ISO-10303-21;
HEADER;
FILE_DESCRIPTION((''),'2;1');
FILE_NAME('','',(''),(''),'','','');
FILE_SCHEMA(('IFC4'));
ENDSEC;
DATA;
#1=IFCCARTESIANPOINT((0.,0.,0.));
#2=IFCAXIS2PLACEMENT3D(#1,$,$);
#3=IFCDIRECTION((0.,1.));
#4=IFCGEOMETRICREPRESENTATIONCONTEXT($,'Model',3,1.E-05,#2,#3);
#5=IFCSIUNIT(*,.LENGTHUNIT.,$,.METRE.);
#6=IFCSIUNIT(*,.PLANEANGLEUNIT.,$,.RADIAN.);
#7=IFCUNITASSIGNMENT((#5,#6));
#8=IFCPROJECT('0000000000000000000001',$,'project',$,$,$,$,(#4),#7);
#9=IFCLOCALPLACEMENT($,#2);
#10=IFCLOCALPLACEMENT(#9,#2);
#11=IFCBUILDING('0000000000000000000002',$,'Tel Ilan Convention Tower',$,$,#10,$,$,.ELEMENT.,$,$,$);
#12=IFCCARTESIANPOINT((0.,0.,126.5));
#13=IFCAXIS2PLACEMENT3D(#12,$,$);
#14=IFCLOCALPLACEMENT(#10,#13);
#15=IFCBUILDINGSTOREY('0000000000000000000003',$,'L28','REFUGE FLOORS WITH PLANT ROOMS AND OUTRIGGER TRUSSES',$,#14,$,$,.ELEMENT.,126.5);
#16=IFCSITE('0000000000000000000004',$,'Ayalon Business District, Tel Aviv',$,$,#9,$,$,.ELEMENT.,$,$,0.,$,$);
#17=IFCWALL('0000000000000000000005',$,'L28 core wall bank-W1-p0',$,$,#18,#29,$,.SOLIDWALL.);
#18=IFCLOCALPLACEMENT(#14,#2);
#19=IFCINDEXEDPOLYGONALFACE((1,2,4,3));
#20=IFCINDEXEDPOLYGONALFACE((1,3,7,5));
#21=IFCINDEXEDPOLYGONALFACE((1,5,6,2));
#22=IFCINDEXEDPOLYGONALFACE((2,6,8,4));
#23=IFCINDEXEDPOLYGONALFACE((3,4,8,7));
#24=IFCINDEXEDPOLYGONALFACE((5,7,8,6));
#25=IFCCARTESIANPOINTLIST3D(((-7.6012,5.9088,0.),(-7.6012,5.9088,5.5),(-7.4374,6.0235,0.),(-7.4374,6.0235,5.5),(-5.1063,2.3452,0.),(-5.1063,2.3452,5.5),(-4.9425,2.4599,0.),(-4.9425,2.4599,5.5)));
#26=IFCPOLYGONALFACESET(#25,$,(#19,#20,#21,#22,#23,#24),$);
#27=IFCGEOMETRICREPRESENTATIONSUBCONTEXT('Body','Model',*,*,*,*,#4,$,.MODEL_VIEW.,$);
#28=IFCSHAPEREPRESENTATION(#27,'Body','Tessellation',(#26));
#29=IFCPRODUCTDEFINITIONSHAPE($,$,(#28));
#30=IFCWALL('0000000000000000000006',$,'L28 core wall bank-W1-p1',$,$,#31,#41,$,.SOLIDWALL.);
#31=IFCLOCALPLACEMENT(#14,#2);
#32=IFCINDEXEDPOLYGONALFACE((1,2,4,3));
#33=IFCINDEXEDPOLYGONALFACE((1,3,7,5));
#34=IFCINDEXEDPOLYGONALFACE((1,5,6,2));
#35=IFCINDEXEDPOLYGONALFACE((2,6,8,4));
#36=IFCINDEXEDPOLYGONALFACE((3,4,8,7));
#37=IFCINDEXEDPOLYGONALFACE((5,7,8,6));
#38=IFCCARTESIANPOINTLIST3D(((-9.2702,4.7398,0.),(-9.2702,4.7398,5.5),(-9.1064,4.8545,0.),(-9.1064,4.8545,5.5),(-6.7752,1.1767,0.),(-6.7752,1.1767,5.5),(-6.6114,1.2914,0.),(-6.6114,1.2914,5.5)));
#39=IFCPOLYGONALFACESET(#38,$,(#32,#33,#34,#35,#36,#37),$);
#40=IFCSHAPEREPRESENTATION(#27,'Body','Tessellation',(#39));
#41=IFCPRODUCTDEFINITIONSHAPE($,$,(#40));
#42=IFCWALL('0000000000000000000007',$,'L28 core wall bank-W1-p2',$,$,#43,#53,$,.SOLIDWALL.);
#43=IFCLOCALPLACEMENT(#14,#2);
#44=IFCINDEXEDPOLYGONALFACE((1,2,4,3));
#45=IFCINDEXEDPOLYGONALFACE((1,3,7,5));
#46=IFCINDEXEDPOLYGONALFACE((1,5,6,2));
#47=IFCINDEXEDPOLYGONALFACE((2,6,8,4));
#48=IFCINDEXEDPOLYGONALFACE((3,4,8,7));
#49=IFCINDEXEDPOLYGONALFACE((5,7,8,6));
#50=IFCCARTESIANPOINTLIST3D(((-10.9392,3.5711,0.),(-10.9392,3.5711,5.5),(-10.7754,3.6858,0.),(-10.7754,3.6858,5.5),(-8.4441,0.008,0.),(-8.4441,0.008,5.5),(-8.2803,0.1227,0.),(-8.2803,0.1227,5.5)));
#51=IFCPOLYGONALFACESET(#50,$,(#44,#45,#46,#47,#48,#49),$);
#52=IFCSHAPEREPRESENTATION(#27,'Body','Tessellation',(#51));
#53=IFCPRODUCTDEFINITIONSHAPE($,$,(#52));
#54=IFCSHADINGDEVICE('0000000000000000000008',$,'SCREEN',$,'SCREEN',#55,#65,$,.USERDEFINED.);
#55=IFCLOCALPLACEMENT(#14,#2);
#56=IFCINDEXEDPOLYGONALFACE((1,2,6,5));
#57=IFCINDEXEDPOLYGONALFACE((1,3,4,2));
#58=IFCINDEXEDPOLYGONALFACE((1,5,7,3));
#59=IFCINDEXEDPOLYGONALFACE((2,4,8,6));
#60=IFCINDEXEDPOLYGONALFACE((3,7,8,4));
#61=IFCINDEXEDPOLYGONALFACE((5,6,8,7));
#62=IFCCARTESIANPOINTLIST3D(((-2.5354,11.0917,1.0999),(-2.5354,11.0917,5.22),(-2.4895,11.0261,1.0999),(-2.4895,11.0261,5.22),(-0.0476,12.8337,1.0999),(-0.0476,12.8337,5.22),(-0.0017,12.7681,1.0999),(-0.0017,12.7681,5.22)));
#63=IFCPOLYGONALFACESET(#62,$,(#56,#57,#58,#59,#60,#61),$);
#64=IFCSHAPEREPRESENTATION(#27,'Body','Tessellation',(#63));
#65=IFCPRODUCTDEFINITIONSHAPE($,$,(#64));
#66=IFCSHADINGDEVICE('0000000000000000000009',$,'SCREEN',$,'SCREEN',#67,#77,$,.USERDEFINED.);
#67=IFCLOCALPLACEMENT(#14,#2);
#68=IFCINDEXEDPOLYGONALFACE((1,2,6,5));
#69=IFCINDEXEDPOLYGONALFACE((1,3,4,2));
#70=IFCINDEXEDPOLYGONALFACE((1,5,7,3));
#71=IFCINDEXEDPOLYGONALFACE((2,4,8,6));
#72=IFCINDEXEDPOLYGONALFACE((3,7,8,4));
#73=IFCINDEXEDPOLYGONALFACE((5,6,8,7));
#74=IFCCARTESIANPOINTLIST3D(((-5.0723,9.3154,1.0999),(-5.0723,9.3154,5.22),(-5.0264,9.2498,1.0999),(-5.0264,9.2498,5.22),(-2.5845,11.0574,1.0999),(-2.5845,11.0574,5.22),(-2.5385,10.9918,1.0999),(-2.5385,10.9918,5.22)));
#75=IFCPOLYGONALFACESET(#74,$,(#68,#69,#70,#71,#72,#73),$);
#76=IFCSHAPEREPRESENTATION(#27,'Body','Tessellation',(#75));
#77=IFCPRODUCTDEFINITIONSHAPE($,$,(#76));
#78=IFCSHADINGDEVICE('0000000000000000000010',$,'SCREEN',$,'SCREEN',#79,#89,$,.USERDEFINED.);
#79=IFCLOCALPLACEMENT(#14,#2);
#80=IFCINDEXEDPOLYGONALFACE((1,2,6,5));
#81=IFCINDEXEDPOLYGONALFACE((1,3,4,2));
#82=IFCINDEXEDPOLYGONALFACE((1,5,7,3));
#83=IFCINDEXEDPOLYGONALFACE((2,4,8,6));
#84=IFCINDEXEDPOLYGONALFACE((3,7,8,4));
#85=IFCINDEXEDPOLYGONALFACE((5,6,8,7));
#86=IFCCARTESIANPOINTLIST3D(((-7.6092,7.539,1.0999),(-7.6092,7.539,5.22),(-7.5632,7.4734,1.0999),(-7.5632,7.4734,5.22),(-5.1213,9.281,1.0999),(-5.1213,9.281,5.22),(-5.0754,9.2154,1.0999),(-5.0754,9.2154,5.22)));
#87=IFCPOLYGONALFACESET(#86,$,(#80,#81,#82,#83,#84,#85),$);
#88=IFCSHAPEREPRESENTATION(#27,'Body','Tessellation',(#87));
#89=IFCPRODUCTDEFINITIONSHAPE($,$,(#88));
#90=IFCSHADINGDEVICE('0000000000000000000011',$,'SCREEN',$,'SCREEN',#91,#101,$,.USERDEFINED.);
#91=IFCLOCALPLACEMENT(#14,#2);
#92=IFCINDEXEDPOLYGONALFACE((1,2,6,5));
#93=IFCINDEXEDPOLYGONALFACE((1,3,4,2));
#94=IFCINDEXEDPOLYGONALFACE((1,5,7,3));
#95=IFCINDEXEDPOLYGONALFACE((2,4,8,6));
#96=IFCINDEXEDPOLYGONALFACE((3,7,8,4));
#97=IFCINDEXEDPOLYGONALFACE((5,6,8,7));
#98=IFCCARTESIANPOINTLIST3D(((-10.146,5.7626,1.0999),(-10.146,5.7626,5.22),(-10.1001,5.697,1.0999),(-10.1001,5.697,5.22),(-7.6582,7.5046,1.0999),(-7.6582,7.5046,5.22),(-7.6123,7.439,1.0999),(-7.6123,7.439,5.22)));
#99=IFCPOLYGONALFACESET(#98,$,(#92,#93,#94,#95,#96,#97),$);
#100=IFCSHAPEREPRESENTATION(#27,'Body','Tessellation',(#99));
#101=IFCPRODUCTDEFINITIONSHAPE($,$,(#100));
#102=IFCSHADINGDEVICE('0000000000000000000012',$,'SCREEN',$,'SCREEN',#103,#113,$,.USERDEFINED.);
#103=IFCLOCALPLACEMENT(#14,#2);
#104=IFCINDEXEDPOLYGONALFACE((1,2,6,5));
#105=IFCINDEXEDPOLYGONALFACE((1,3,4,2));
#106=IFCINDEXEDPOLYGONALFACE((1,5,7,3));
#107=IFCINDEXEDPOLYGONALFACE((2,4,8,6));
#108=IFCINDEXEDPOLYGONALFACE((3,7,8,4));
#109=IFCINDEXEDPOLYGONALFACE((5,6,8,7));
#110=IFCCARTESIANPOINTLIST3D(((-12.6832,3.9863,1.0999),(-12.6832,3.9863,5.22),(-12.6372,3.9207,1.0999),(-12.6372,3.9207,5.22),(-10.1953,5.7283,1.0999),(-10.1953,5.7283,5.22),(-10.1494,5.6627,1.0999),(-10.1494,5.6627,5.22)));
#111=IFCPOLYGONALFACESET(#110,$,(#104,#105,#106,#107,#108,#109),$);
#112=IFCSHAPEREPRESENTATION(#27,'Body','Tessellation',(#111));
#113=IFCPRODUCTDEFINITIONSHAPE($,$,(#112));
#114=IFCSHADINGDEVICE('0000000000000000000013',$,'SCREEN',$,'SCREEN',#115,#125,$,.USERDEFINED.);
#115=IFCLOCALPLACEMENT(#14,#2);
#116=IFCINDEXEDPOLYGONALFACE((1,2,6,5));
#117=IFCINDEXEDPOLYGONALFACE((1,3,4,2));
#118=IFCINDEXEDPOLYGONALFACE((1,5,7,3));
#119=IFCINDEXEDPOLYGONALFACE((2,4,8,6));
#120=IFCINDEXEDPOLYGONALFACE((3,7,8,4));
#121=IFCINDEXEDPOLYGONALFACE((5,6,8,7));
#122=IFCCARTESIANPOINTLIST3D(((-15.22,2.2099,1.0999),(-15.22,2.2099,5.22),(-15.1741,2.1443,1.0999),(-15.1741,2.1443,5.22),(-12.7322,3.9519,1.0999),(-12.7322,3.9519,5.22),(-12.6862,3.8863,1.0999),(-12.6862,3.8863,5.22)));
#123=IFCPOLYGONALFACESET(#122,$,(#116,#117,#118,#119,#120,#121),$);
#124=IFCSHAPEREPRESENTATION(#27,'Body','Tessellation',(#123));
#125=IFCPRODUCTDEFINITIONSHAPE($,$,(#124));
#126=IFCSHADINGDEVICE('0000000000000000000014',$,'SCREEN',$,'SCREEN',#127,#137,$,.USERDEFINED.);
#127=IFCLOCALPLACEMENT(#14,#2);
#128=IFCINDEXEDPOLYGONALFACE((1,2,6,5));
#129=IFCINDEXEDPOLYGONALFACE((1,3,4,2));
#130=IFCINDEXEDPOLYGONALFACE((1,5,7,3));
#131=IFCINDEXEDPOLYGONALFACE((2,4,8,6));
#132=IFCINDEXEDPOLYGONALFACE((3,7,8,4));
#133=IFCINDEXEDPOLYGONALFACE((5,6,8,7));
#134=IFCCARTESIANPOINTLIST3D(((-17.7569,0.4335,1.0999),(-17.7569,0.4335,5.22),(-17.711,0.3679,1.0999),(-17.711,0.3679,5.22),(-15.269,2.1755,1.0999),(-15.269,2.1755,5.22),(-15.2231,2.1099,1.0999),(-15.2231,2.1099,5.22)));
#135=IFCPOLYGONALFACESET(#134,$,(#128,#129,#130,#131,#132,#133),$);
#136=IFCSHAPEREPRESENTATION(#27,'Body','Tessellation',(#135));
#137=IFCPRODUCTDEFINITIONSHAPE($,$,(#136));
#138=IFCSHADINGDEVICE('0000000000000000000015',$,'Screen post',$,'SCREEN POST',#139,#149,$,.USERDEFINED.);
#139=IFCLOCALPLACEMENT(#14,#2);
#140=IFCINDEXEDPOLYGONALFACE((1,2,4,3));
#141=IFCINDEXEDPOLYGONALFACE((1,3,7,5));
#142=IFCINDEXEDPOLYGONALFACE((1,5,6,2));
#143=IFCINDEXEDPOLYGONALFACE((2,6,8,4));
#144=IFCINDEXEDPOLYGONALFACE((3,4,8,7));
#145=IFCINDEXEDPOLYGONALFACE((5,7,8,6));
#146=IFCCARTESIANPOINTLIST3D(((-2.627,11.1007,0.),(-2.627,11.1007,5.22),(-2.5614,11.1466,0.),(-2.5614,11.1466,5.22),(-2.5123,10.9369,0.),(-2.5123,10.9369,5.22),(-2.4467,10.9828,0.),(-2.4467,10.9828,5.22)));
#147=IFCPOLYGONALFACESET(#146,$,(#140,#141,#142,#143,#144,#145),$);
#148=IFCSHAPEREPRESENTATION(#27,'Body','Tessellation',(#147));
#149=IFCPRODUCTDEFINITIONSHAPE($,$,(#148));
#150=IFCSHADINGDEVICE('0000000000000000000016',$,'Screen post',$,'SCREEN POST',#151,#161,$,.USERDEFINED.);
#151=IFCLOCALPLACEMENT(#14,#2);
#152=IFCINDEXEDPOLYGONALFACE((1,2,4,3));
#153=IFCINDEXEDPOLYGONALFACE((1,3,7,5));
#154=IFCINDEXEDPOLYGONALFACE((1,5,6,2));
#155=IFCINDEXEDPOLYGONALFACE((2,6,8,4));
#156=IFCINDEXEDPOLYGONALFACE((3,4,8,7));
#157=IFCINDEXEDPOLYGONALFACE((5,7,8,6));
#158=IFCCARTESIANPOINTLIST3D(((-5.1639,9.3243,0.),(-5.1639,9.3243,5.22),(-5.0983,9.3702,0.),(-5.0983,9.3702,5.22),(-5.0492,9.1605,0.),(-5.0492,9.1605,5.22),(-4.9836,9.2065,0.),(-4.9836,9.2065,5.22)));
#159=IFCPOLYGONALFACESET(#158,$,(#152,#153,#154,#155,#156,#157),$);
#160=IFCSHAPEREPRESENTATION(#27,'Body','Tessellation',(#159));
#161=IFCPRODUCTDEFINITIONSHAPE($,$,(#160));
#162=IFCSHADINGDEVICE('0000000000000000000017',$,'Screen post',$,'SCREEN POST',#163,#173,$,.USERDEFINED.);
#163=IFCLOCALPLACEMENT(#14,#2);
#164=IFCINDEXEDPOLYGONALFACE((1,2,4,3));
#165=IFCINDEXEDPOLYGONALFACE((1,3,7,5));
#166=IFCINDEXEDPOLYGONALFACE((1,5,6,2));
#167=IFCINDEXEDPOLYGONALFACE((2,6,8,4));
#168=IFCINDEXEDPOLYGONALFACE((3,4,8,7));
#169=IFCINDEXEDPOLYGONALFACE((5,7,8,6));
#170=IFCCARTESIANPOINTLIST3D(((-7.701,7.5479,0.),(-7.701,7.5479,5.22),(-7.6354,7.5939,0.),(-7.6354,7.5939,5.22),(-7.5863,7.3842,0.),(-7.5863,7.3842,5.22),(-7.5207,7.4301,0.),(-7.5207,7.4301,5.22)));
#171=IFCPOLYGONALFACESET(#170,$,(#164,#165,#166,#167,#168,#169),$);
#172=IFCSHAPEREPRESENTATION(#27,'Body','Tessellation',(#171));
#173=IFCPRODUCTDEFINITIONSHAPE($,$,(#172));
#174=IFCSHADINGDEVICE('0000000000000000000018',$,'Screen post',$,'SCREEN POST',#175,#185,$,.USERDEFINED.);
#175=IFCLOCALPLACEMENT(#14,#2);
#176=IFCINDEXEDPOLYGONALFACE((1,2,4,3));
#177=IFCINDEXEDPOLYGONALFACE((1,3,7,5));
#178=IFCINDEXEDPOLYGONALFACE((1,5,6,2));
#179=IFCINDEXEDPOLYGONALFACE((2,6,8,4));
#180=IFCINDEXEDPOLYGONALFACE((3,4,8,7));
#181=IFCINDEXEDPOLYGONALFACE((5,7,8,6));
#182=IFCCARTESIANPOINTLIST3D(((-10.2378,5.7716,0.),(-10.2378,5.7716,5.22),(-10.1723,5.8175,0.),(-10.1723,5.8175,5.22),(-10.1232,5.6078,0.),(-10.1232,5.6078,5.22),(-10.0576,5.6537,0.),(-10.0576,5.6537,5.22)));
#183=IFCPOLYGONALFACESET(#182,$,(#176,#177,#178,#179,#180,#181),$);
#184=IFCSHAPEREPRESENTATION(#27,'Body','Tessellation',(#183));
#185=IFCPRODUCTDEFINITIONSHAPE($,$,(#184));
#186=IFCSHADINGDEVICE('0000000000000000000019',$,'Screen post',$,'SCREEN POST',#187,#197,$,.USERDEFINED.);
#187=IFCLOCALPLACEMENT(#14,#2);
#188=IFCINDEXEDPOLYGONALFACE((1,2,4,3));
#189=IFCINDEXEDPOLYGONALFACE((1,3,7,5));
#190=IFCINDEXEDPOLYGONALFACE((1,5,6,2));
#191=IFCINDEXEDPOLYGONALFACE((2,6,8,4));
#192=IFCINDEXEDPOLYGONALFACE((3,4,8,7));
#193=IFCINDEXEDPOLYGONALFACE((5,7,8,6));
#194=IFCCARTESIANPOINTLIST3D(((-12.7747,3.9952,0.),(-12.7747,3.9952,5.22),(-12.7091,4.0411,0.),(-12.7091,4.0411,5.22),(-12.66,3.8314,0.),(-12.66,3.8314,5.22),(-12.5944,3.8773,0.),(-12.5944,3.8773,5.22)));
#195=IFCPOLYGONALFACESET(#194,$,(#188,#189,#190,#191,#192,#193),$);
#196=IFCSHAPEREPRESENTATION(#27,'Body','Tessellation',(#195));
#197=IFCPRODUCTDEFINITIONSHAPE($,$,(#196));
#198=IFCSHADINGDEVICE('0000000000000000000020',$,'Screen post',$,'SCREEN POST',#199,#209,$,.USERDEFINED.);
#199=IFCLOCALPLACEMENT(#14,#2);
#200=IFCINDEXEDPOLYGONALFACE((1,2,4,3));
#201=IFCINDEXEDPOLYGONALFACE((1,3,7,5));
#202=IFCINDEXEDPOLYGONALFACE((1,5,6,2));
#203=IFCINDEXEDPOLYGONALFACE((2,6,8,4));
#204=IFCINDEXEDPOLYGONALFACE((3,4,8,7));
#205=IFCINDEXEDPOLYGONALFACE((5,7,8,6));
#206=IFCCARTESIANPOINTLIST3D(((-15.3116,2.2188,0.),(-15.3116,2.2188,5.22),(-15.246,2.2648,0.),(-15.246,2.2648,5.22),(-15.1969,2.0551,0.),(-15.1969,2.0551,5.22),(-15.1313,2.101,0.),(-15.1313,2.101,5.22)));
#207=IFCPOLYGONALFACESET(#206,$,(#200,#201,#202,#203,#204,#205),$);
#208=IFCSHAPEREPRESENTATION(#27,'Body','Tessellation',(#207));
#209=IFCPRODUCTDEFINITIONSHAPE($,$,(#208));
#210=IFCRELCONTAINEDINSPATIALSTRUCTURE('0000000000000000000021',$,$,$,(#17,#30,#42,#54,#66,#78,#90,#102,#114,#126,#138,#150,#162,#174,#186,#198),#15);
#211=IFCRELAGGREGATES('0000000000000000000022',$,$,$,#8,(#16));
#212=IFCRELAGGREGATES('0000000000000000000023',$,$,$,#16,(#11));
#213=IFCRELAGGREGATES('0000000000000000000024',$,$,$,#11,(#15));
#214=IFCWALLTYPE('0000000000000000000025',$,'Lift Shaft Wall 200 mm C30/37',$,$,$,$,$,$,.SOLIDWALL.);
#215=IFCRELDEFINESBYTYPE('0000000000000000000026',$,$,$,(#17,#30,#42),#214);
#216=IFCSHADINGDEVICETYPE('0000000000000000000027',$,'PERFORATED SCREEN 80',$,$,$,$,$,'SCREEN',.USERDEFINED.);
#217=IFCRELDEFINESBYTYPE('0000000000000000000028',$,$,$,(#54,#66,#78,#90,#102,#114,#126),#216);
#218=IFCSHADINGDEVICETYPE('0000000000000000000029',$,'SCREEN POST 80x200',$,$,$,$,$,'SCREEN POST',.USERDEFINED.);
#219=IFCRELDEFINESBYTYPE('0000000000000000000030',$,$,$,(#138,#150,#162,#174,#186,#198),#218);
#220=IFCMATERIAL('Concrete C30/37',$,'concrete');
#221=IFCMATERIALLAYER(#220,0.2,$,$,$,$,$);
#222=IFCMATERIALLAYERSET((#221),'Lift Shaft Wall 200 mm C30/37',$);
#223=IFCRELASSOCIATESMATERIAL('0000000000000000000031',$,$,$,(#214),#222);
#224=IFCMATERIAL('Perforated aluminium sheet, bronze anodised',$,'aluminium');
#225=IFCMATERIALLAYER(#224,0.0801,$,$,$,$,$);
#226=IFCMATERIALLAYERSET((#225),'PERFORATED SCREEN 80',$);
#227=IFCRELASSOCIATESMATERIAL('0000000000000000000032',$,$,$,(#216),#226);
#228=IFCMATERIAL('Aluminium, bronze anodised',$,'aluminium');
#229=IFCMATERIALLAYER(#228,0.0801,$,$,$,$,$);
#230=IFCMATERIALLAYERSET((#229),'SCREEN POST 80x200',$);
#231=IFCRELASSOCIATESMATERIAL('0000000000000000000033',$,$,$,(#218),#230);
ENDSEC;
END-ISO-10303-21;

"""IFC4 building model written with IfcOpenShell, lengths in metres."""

from ifc_helpers import new_model, si_unit, direction, frame, frame_2d, origin, origin_2d, place, context, subcontext, project, spatial, rectangle, extrude, material, layer, layer_set, type_object, element, save


model = new_model("IFC4")

# Units and contexts
model_context = context("Model", 3, precision=1e-05, world=origin(), true_north=direction((0.0, 1.0)))
body_context = subcontext(model_context, "Body", "Model", "MODEL_VIEW")
ifc_project = project(units=[si_unit("LENGTHUNIT", "METRE"), si_unit("PLANEANGLEUNIT", "RADIAN")], contexts=[model_context])

# Site, building, storey
site_placement = place(None, origin())
site = spatial("IfcSite", under=ifc_project, at=site_placement, Name="Ayalon Business District, Tel Aviv", CompositionType="ELEMENT", RefElevation=0.0)
building_placement = place(site_placement, origin())
building = spatial("IfcBuilding", under=site, at=building_placement, Name="Tel Ilan Convention Tower", CompositionType="ELEMENT")
storey_placement = place(building_placement, frame((0.0, 0.0, 126.5)))
storey = spatial("IfcBuildingStorey", under=building, at=storey_placement, Name="L28", Description="REFUGE FLOORS WITH PLANT ROOMS AND OUTRIGGER TRUSSES", CompositionType="ELEMENT", Elevation=126.5)

# Walls
ifc_material_1 = material(Name="Concrete C30/37", Category="concrete")
ifc_layer_1 = layer(ifc_material_1, 0.2)
ifc_layer_set_1 = layer_set([ifc_layer_1], Name="Lift Shaft Wall 200 mm C30/37")
wall_type_1 = type_object("IfcWallType", Name="Lift Shaft Wall 200 mm C30/37", PredefinedType="SOLIDWALL", material=ifc_layer_set_1)
wall_1_placement = place(storey_placement, frame((-5.0244, 2.4026, 0.0), z_axis=(0.0, 0.0, 1.0), x_axis=(-0.57353, 0.819184, 0.0)))
element("IfcWall", 1, at=wall_1_placement, inside=storey, type_object=wall_type_1, Name="L28 core wall bank-W1-p0", PredefinedType="SOLIDWALL", context=body_context, shape_type="SweptSolid", body=[
    extrude(rectangle(XDim=4.3501, YDim=0.2, at=frame_2d((2.175, 0.0))), origin(), (0.0, 0.0, 1.0), 5.5),
])
for number, where, z_axis, x_axis, name in (
    (2, (-6.6934, 1.2341, 0.0), (0.0, 0.0, 1.0), (-0.573594, 0.81914, 0.0), "L28 core wall bank-W1-p1"),
    (3, (-8.3623, 0.0654, 0.0), (0.0, 0.0, 1.0), (-0.573594, 0.81914, 0.0), "L28 core wall bank-W1-p2"),
):
    element("IfcWall", number, at=place(storey_placement, frame(where, z_axis=z_axis, x_axis=x_axis)), inside=storey, type_object=wall_type_1, Name=name, PredefinedType="SOLIDWALL", context=body_context, shape_type="SweptSolid", body=[
        extrude(rectangle(XDim=4.3499, YDim=0.2, at=frame_2d((2.1748, 0.0))), origin(), (0.0, 0.0, 1.0), 5.5),
    ])

# Shading devices
ifc_material_2 = material(Name="Perforated aluminium sheet, bronze anodised", Category="aluminium")
ifc_layer_2 = layer(ifc_material_2, 0.0801)
ifc_layer_set_2 = layer_set([ifc_layer_2], Name="PERFORATED SCREEN 80")
shading_device_type_1 = type_object("IfcShadingDeviceType", Name="PERFORATED SCREEN 80", ElementType="SCREEN", PredefinedType="USERDEFINED", material=ifc_layer_set_2)
for number, where, z_axis, x_axis, name in (
    (4, (-1.2686, 11.9299, 1.0999), (0.0, 0.0, 1.0), (-0.819152, -0.573576, 0.0), "SCREEN"),
    (5, (-3.8054, 10.1536, 1.0999), (0.0, 0.0, 1.0), (-0.819152, -0.573576, 0.0), "SCREEN"),
    (6, (-6.3423, 8.3772, 1.0999), (0.0, 0.0, 1.0), (-0.819152, -0.573576, 0.0), "SCREEN"),
    (7, (-8.8792, 6.6008, 1.0999), (0.0, 0.0, 1.0), (-0.819152, -0.573576, 0.0), "SCREEN"),
    (8, (-11.4163, 4.8245, 1.0999), (0.0, 0.0, 1.0), (-0.819152, -0.573576, 0.0), "SCREEN"),
    (9, (-13.9531, 3.0481, 1.0999), (0.0, 0.0, 1.0), (-0.819152, -0.573576, 0.0), "SCREEN"),
    (10, (-16.49, 1.2717, 1.0999), (0.0, 0.0, 1.0), (-0.819152, -0.573576, 0.0), "SCREEN"),
):
    element("IfcShadingDevice", number, at=place(storey_placement, frame(where, z_axis=z_axis, x_axis=x_axis)), inside=storey, type_object=shading_device_type_1, Name=name, ObjectType="SCREEN", PredefinedType="USERDEFINED", context=body_context, shape_type="SweptSolid", body=[
        extrude(rectangle(XDim=3.0371, YDim=0.0801, at=origin_2d()), origin(), (0.0, 0.0, 1.0), 4.1201),
    ])
ifc_material_3 = material(Name="Aluminium, bronze anodised", Category="aluminium")
ifc_layer_3 = layer(ifc_material_3, 0.0801)
ifc_layer_set_3 = layer_set([ifc_layer_3], Name="SCREEN POST 80x200")
shading_device_type_2 = type_object("IfcShadingDeviceType", Name="SCREEN POST 80x200", ElementType="SCREEN POST", PredefinedType="USERDEFINED", material=ifc_layer_set_3)
for number, where, z_axis, x_axis, name in (
    (11, (-2.5369, 11.0417, 0.0), (0.0, 0.0, 1.0), (-0.819152, -0.573576, 0.0), "Screen post"),
    (12, (-5.0737, 9.2654, 0.0), (0.0, 0.0, 1.0), (-0.819152, -0.573576, 0.0), "Screen post"),
    (13, (-7.6108, 7.489, 0.0), (0.0, 0.0, 1.0), (-0.819152, -0.573576, 0.0), "Screen post"),
    (14, (-10.1477, 5.7126, 0.0), (0.0, 0.0, 1.0), (-0.819152, -0.573576, 0.0), "Screen post"),
    (15, (-12.6846, 3.9363, 0.0), (0.0, 0.0, 1.0), (-0.819152, -0.573576, 0.0), "Screen post"),
    (16, (-15.2214, 2.1599, 0.0), (0.0, 0.0, 1.0), (-0.819152, -0.573576, 0.0), "Screen post"),
):
    element("IfcShadingDevice", number, at=place(storey_placement, frame(where, z_axis=z_axis, x_axis=x_axis)), inside=storey, type_object=shading_device_type_2, Name=name, ObjectType="SCREEN POST", PredefinedType="USERDEFINED", context=body_context, shape_type="SweptSolid", body=[
        extrude(rectangle(XDim=0.0801, YDim=0.2, at=origin_2d()), origin(), (0.0, 0.0, 1.0), 5.22),
    ])

save(model, "model.ifc")
